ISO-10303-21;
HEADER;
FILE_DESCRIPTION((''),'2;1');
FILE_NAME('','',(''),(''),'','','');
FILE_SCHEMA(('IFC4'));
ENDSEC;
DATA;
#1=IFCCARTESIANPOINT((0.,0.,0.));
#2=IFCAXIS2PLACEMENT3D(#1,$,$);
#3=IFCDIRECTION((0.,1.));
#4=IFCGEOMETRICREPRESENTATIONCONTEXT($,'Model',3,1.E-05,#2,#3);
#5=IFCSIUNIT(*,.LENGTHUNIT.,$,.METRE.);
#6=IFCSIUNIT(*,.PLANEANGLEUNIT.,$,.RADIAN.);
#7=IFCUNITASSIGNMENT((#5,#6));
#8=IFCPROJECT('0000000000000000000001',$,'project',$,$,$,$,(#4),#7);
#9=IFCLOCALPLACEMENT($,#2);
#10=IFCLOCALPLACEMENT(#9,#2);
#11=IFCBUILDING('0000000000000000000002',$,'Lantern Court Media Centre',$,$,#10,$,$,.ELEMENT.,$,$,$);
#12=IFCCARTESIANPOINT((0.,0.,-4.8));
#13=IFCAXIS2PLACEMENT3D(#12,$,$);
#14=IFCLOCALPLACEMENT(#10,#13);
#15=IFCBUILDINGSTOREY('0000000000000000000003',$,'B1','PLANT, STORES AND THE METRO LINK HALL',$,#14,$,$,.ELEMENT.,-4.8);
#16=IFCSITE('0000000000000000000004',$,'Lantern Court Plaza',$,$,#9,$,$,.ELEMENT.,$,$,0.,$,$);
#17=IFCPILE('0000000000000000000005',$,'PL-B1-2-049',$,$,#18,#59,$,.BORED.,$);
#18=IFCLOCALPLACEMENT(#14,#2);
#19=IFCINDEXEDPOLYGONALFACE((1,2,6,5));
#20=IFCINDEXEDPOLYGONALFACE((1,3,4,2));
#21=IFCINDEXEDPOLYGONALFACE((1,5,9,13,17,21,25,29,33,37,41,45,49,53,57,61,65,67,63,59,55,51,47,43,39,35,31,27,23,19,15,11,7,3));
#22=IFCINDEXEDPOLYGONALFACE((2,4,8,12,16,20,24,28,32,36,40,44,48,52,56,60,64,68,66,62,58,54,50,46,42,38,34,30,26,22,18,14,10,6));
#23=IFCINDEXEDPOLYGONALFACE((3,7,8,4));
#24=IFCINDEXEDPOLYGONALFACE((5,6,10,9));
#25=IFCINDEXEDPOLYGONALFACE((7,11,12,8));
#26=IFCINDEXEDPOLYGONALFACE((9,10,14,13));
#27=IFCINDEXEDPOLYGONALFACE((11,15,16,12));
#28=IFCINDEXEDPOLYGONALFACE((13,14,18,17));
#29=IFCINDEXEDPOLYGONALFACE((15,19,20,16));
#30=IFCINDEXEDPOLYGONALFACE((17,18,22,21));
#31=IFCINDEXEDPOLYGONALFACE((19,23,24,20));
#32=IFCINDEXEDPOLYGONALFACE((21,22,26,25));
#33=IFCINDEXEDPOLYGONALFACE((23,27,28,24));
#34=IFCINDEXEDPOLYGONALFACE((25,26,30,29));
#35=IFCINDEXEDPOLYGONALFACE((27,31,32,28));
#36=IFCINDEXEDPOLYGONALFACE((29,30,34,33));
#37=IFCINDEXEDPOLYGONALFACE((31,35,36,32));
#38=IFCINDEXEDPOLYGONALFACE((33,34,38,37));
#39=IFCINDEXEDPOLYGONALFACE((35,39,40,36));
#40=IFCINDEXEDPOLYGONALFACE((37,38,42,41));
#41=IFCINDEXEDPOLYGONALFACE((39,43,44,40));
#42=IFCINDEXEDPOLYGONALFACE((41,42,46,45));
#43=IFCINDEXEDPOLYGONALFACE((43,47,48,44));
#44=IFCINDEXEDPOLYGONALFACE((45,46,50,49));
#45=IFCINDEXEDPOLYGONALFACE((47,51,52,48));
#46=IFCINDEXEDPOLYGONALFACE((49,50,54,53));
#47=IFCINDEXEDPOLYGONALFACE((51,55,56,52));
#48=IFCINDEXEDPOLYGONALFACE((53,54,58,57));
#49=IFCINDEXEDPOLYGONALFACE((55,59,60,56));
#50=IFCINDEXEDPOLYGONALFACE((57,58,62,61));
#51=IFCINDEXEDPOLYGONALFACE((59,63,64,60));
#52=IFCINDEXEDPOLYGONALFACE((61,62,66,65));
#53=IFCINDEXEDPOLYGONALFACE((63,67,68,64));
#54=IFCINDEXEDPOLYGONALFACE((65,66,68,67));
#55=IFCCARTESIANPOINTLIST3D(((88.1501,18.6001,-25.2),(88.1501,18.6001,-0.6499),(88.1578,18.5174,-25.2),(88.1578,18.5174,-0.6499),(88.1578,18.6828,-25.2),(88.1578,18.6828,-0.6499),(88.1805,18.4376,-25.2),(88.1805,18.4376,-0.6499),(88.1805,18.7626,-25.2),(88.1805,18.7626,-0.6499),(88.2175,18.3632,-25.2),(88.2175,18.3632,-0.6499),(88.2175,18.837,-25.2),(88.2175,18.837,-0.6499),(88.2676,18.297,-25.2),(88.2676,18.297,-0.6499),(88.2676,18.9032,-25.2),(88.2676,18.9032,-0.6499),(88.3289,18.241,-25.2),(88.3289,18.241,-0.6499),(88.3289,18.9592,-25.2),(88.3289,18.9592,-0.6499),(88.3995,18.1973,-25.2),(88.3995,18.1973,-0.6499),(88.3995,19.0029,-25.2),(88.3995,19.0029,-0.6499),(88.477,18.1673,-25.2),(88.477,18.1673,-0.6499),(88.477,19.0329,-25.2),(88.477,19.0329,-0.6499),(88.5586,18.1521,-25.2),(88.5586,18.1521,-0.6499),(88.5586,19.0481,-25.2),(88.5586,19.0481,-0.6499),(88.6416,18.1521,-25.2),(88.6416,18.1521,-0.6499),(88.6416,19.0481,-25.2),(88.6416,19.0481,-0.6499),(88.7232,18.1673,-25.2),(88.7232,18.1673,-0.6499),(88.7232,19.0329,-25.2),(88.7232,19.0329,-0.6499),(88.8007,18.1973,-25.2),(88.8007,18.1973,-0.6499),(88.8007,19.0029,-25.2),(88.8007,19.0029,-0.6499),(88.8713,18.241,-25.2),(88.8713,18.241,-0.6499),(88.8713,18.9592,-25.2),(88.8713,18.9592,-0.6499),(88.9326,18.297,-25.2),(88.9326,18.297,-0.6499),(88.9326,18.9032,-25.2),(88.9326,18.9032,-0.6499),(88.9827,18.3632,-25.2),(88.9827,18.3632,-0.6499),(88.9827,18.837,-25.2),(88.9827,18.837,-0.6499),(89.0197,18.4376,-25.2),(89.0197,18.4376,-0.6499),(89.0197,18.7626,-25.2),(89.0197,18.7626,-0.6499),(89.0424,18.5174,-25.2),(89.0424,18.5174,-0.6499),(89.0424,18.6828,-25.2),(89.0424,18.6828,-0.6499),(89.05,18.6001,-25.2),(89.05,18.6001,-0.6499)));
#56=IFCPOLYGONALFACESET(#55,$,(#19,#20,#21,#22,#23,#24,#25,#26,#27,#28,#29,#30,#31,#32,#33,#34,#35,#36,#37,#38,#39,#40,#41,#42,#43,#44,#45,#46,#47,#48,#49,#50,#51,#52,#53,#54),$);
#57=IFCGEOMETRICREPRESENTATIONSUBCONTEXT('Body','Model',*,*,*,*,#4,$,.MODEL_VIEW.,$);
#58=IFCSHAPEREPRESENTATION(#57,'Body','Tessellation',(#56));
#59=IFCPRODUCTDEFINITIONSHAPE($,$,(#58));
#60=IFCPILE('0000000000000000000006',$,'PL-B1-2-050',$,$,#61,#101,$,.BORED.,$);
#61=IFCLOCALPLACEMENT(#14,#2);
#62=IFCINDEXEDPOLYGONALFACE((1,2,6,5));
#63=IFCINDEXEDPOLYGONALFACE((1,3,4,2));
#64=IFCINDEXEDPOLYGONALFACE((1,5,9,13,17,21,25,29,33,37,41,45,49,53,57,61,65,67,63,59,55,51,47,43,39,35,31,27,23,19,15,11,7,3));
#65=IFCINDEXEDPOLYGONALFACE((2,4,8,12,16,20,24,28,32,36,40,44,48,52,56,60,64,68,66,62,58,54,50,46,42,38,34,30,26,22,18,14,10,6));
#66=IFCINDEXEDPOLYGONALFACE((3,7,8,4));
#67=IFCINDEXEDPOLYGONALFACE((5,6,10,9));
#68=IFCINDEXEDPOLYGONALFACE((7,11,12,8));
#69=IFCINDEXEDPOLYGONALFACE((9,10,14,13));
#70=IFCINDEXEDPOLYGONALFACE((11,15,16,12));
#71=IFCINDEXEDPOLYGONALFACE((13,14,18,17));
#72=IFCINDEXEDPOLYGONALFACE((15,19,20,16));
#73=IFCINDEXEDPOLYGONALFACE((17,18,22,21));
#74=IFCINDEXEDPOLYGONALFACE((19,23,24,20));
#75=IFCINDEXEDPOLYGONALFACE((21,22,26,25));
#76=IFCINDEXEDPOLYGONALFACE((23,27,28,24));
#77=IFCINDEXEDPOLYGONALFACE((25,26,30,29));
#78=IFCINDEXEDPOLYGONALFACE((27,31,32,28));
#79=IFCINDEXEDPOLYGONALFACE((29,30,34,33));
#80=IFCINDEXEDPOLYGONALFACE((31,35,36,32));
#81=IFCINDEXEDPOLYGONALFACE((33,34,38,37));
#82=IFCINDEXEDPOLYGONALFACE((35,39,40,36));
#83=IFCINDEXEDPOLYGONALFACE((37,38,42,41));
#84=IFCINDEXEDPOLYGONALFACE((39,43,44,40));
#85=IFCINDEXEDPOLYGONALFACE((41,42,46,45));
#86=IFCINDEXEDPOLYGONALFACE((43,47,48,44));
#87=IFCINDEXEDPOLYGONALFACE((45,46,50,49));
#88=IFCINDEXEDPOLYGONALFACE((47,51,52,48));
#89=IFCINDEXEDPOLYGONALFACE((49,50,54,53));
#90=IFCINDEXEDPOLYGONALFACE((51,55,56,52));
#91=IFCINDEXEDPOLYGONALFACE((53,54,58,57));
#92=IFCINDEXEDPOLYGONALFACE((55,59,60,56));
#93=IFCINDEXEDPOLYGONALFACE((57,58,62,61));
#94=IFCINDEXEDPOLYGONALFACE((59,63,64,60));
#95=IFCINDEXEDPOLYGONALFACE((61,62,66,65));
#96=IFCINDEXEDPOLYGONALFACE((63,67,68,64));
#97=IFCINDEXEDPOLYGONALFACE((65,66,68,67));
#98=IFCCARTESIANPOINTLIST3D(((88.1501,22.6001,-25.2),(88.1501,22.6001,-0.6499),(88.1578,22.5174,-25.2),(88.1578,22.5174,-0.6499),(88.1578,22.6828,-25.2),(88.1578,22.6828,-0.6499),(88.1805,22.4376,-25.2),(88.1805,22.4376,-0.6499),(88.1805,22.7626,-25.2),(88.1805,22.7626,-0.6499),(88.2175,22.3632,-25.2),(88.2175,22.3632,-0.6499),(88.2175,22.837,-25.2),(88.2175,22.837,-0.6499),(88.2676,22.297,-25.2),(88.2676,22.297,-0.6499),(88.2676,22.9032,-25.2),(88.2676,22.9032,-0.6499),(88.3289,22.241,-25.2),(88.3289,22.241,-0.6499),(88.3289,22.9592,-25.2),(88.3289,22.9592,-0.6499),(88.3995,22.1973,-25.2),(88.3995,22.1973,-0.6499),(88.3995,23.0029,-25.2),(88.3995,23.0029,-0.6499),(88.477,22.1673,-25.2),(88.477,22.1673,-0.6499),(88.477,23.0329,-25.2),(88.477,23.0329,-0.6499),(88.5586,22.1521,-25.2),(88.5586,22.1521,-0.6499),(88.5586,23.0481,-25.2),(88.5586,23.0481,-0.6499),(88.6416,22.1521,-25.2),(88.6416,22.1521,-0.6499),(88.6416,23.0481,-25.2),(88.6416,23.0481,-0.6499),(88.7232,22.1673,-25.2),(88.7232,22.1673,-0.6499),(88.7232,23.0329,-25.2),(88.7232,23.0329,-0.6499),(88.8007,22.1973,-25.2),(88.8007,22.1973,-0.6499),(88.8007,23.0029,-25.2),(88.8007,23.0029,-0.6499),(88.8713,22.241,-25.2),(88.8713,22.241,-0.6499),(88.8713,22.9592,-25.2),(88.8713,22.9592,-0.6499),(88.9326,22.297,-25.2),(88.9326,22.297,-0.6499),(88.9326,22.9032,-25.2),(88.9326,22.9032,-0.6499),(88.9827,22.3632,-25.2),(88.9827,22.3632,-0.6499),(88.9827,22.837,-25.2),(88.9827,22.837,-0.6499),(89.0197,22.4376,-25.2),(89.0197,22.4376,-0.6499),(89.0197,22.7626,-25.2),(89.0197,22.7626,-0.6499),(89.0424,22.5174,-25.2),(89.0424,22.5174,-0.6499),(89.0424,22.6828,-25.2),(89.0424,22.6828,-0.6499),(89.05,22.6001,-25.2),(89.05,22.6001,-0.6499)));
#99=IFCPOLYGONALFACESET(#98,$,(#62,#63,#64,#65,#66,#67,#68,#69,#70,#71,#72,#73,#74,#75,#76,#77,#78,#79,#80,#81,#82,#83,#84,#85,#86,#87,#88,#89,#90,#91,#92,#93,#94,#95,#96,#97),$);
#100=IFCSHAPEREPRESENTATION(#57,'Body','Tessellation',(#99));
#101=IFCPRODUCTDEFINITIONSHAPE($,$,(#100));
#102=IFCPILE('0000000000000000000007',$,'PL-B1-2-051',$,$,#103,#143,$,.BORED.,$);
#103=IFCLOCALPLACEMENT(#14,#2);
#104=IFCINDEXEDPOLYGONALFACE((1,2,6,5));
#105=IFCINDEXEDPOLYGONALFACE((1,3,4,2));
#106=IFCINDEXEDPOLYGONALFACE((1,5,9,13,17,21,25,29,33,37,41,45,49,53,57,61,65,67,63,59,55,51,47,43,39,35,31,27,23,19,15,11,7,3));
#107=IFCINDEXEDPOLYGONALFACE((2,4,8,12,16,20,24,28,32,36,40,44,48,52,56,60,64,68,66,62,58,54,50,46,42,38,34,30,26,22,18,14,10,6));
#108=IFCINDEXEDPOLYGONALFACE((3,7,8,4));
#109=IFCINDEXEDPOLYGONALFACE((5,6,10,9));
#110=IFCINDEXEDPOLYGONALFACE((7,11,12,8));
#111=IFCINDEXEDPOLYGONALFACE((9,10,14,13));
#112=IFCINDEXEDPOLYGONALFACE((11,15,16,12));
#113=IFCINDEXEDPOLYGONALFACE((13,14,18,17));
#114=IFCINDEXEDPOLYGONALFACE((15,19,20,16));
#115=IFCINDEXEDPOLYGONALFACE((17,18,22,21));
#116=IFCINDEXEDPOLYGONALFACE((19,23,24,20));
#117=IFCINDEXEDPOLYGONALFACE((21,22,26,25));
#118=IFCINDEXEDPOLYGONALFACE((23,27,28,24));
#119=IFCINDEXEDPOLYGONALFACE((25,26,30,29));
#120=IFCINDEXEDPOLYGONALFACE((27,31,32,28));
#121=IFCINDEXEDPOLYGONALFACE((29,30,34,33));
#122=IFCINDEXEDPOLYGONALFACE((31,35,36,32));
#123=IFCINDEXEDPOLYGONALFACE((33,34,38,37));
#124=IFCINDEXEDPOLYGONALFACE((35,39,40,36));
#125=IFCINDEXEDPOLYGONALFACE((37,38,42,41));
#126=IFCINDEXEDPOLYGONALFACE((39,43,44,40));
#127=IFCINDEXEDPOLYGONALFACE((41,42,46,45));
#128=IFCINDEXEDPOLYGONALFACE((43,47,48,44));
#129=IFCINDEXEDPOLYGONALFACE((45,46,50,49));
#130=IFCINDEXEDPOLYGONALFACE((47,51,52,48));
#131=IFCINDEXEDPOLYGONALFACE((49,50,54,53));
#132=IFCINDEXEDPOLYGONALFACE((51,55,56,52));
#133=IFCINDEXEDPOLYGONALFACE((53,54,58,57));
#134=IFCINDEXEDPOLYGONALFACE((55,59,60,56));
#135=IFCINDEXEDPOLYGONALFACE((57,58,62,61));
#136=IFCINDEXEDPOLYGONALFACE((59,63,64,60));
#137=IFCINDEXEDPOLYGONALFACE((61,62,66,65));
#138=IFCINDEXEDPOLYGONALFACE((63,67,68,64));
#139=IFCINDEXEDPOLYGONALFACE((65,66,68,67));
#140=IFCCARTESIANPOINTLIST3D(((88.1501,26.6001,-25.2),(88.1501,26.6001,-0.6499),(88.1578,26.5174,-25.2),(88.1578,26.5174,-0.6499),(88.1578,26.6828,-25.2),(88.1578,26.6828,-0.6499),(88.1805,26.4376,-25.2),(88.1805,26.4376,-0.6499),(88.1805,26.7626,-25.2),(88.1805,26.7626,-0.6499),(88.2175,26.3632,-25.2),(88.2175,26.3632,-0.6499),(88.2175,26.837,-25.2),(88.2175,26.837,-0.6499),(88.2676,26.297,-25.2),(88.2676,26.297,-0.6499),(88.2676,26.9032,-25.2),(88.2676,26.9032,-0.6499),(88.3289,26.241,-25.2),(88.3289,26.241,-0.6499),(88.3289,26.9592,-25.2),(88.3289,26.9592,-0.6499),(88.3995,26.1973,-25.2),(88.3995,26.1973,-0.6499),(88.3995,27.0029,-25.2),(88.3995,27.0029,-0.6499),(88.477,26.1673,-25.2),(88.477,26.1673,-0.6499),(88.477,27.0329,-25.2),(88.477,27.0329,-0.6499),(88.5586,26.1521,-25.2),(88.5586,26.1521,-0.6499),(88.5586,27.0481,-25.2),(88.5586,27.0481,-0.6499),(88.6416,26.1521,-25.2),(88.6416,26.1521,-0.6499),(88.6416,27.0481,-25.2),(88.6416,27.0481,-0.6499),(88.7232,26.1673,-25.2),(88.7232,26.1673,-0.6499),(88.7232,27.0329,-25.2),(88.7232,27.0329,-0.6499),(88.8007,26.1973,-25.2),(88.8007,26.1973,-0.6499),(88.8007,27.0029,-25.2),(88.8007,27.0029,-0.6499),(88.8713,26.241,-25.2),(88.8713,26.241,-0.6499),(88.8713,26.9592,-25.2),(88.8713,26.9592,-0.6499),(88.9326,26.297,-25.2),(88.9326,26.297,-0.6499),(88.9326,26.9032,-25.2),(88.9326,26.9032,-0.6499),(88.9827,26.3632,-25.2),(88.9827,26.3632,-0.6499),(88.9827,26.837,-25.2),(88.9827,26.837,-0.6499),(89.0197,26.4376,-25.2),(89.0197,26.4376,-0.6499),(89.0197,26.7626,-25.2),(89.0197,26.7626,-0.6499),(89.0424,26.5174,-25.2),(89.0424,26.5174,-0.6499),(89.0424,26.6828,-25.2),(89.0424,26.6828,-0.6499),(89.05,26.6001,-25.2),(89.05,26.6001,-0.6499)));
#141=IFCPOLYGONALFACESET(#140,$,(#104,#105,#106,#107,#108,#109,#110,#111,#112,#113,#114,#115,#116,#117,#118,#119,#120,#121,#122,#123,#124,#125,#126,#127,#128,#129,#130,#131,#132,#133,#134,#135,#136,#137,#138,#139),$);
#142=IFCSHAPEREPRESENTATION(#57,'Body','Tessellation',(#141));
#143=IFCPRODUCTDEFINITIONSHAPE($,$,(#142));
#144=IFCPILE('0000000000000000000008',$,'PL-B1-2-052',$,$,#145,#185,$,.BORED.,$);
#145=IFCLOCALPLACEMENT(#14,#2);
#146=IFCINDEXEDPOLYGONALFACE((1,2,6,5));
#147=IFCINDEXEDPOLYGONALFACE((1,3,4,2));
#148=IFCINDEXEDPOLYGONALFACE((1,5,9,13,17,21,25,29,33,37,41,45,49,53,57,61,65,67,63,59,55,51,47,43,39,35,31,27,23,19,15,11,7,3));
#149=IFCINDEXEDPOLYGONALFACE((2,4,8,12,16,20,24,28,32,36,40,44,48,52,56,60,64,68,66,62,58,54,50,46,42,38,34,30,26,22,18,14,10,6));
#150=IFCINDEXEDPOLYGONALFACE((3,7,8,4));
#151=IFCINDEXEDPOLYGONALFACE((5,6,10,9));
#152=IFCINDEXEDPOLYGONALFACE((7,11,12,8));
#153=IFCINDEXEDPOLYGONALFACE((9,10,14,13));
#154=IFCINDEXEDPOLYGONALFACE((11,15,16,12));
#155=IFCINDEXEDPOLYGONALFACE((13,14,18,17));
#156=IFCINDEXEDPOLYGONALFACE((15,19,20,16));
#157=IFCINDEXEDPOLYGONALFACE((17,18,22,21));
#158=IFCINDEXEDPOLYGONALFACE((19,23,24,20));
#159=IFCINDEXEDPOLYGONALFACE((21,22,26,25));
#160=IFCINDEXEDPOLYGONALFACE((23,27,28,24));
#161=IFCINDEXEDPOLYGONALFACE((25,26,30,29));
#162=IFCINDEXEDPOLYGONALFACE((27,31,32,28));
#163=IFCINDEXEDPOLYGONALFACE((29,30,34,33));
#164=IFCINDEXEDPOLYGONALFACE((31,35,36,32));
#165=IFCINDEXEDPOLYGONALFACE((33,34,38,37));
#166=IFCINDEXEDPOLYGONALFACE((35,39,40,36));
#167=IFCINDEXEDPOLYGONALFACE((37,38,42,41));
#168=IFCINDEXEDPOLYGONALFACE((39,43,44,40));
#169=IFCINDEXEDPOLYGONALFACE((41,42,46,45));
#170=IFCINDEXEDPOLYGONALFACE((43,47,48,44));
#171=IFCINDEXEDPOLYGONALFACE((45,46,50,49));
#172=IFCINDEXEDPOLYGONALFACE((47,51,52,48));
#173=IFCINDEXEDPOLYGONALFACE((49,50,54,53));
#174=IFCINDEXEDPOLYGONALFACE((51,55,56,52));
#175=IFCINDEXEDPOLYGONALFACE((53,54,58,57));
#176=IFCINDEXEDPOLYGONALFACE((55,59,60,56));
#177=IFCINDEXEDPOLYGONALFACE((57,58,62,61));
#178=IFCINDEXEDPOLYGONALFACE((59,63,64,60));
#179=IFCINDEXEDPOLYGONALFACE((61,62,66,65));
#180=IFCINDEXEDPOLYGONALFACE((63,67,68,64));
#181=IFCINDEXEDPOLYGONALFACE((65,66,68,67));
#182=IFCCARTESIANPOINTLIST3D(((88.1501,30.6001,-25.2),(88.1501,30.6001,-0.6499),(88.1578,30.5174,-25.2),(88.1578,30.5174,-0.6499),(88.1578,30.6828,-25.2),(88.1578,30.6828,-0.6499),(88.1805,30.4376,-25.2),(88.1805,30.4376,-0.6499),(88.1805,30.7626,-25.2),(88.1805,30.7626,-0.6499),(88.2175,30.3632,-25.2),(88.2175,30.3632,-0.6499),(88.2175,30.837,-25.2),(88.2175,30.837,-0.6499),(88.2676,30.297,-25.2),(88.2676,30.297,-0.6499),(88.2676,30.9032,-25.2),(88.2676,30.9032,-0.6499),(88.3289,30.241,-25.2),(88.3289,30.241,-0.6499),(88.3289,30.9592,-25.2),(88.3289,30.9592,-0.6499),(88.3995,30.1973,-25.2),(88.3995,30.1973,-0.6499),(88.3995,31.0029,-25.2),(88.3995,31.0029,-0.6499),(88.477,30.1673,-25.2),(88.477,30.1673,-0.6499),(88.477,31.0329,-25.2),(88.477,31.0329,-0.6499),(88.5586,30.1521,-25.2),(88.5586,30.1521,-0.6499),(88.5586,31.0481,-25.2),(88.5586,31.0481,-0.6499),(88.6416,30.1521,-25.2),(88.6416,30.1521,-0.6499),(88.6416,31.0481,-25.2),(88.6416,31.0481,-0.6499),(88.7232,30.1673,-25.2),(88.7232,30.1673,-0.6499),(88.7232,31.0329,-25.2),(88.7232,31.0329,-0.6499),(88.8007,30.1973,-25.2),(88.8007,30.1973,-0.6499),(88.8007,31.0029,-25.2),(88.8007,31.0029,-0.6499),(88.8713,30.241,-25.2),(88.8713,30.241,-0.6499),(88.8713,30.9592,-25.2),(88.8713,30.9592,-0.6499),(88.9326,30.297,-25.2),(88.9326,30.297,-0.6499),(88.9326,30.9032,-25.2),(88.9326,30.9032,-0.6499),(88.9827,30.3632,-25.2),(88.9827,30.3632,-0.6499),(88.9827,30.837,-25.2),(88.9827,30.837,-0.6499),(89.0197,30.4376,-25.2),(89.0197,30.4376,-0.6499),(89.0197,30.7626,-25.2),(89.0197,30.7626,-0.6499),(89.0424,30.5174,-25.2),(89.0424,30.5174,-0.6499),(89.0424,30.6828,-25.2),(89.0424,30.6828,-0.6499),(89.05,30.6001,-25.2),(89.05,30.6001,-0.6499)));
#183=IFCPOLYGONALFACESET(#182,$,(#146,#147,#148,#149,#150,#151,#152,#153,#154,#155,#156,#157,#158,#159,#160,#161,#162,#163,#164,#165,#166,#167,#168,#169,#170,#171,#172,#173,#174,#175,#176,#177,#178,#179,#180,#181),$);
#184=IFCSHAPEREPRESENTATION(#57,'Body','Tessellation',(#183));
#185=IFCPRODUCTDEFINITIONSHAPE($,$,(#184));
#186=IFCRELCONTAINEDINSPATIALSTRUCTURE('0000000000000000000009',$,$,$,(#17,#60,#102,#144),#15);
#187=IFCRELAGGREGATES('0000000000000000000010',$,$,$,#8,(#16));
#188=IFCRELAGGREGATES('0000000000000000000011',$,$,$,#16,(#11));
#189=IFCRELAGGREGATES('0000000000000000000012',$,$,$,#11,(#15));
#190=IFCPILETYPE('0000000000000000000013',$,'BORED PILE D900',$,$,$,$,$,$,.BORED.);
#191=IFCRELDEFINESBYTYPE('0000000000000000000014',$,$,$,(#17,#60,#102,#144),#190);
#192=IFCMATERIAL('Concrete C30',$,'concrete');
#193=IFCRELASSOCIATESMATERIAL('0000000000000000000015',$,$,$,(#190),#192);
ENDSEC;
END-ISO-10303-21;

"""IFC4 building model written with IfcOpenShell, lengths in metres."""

from ifc_helpers import new_model, si_unit, direction, frame, origin, origin_2d, place, context, subcontext, project, spatial, circle, extrude, material, material_profile, profile_set, type_object, element, save


model = new_model("IFC4")

# Units and contexts
model_context = context("Model", 3, precision=1e-05, world=origin(), true_north=direction((0.0, 1.0)))
body_context = subcontext(model_context, "Body", "Model", "MODEL_VIEW")
ifc_project = project(units=[si_unit("LENGTHUNIT", "METRE"), si_unit("PLANEANGLEUNIT", "RADIAN")], contexts=[model_context])

# Site, building, storey
site_placement = place(None, origin())
site = spatial("IfcSite", under=ifc_project, at=site_placement, Name="Lantern Court Plaza", CompositionType="ELEMENT", RefElevation=0.0)
building_placement = place(site_placement, origin())
building = spatial("IfcBuilding", under=site, at=building_placement, Name="Lantern Court Media Centre", CompositionType="ELEMENT")
storey_placement = place(building_placement, frame((0.0, 0.0, -4.8)))
storey = spatial("IfcBuildingStorey", under=building, at=storey_placement, Name="B1", Description="PLANT, STORES AND THE METRO LINK HALL", CompositionType="ELEMENT", Elevation=-4.8)

# Piles
ifc_material_1 = material(Name="Concrete C30", Category="concrete")
ifc_material_profile_1 = material_profile(ifc_material_1, circle(Radius=0.45, at=origin_2d()), Name="D900")
ifc_profile_set_1 = profile_set([ifc_material_profile_1], Name="Concrete C30")
pile_type = type_object("IfcPileType", Name="BORED PILE D900", PredefinedType="BORED", material=ifc_profile_set_1)
for number, where, z_axis, x_axis, name in (
    (1, (88.6001, 18.6001, -0.6499), (0.0, 0.0, -1.0), (1.0, 0.0, 0.0), "PL-B1-2-049"),
    (2, (88.6001, 22.6001, -0.6499), (0.0, 0.0, -1.0), (1.0, 0.0, 0.0), "PL-B1-2-050"),
    (3, (88.6001, 26.6001, -0.6499), (0.0, 0.0, -1.0), (1.0, 0.0, 0.0), "PL-B1-2-051"),
    (4, (88.6001, 30.6001, -0.6499), (0.0, 0.0, -1.0), (1.0, 0.0, 0.0), "PL-B1-2-052"),
):
    element("IfcPile", number, at=place(storey_placement, frame(where, z_axis=z_axis, x_axis=x_axis)), inside=storey, type_object=pile_type, Name=name, PredefinedType="BORED", context=body_context, shape_type="SweptSolid", body=[
        extrude(circle(Radius=0.45, at=origin_2d()), origin(), (0.0, 0.0, 1.0), 24.55),
    ])

save(model, "model.ifc")
